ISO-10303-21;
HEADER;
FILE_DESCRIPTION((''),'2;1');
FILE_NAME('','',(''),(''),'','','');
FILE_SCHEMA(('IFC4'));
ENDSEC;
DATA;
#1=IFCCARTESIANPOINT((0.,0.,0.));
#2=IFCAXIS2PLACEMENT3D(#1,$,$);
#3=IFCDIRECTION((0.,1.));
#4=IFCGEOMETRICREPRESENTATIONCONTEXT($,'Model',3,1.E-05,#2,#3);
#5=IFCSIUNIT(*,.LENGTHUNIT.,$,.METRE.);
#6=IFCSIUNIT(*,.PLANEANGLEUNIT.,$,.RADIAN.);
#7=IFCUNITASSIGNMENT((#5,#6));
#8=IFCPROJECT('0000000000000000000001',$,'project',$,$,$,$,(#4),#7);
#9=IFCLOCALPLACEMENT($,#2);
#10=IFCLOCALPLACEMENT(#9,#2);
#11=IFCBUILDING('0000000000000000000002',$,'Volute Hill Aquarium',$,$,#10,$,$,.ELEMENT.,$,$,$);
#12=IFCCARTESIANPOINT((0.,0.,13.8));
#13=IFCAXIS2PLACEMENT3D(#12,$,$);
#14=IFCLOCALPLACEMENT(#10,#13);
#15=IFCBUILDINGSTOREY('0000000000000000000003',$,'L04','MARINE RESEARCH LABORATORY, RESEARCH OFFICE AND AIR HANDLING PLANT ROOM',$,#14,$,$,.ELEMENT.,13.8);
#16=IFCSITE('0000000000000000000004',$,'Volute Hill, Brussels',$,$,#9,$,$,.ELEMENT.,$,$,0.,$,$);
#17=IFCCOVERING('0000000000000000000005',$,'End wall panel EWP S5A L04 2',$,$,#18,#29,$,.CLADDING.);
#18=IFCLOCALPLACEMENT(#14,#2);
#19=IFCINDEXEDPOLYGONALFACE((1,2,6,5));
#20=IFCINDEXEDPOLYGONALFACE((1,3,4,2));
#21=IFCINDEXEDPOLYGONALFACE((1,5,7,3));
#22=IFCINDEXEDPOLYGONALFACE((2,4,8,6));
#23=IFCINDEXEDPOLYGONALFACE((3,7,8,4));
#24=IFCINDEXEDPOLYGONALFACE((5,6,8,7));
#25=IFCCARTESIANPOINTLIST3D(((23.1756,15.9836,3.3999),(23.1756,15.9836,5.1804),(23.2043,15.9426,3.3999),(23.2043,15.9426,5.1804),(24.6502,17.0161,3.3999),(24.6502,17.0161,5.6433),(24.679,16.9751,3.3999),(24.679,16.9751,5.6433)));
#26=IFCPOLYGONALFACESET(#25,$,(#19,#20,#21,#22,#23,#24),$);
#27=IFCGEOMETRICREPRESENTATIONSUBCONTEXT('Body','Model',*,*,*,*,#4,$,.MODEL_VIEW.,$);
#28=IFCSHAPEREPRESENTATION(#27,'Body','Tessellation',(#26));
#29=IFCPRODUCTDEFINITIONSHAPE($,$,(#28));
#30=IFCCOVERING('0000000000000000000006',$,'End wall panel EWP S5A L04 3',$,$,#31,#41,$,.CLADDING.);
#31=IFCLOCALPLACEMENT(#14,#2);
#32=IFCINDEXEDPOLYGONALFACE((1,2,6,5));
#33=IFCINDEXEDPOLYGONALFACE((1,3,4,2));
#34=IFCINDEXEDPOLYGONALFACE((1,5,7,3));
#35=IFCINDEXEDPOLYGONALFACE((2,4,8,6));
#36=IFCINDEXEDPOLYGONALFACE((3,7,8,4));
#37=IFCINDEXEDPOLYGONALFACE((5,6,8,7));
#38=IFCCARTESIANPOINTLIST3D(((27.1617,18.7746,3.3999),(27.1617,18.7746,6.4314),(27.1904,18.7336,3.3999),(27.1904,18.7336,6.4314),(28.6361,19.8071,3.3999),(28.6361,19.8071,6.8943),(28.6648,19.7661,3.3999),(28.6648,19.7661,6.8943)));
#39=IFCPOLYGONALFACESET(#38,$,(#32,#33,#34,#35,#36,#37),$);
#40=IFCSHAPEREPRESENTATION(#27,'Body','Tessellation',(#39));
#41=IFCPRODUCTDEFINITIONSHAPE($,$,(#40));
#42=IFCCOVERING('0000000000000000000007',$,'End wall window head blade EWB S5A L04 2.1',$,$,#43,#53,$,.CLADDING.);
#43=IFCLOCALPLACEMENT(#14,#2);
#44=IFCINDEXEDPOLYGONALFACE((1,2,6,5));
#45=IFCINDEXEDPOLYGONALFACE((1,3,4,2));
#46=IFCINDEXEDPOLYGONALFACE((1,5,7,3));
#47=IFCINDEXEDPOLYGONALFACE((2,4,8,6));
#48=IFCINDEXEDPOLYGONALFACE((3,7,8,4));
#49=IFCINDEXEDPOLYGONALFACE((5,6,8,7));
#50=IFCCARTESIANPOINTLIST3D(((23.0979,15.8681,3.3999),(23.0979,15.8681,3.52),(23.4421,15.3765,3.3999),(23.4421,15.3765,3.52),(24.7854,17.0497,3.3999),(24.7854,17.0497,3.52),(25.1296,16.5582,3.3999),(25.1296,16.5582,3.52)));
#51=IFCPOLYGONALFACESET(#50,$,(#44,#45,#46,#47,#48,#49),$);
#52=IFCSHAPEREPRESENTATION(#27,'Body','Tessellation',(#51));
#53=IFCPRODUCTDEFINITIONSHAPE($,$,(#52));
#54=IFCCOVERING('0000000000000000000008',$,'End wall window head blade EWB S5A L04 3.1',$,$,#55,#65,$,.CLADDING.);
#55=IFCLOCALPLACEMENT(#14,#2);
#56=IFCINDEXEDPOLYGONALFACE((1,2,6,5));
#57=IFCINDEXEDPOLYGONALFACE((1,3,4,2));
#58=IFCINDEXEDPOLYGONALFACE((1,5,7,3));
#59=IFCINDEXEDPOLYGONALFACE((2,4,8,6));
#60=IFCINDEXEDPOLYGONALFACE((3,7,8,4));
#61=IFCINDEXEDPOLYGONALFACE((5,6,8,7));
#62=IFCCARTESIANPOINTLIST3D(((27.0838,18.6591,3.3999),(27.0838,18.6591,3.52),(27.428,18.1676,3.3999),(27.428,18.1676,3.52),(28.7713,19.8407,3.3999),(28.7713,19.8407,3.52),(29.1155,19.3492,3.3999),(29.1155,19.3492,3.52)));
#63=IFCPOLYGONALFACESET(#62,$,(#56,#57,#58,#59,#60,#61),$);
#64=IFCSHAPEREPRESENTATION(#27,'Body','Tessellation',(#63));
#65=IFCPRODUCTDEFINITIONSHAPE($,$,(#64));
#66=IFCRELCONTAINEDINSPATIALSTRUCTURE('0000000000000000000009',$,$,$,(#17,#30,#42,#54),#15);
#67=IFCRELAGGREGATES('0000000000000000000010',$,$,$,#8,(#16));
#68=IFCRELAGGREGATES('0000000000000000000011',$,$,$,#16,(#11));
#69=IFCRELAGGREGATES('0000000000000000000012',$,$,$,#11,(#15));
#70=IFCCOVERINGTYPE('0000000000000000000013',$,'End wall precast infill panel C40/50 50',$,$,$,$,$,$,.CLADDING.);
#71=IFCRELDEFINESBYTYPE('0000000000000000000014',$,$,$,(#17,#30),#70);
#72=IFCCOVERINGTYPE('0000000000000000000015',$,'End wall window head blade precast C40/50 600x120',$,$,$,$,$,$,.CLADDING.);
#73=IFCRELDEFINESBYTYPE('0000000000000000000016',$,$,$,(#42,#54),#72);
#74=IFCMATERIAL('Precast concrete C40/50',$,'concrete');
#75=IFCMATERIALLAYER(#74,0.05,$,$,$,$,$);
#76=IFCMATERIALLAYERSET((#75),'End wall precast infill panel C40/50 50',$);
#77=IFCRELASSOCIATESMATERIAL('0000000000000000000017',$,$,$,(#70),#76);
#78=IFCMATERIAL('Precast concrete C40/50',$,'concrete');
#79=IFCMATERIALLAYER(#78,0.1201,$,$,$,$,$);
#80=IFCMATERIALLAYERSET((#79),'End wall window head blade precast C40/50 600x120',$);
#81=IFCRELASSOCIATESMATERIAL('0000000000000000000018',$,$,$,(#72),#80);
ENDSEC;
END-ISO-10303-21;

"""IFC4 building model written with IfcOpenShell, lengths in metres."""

from ifc_helpers import new_model, si_unit, direction, frame, origin, origin_2d, place, context, subcontext, project, spatial, polyline, rectangle, outline, extrude, material, layer, layer_set, type_object, element, save


model = new_model("IFC4")

# Units and contexts
model_context = context("Model", 3, precision=1e-05, world=origin(), true_north=direction((0.0, 1.0)))
body_context = subcontext(model_context, "Body", "Model", "MODEL_VIEW")
ifc_project = project(units=[si_unit("LENGTHUNIT", "METRE"), si_unit("PLANEANGLEUNIT", "RADIAN")], contexts=[model_context])

# Site, building, storey
site_placement = place(None, origin())
site = spatial("IfcSite", under=ifc_project, at=site_placement, Name="Volute Hill, Brussels", CompositionType="ELEMENT", RefElevation=0.0)
building_placement = place(site_placement, origin())
building = spatial("IfcBuilding", under=site, at=building_placement, Name="Volute Hill Aquarium", CompositionType="ELEMENT")
storey_placement = place(building_placement, frame((0.0, 0.0, 13.8)))
storey = spatial("IfcBuildingStorey", under=building, at=storey_placement, Name="L04", Description="MARINE RESEARCH LABORATORY, RESEARCH OFFICE AND AIR HANDLING PLANT ROOM", CompositionType="ELEMENT", Elevation=13.8)

# Coverings
ifc_material_1 = material(Name="Precast concrete C40/50", Category="concrete")
ifc_layer_1 = layer(ifc_material_1, 0.05)
ifc_layer_set_1 = layer_set([ifc_layer_1], Name="End wall precast infill panel C40/50 50")
covering_type_1 = type_object("IfcCoveringType", Name="End wall precast infill panel C40/50 50", PredefinedType="CLADDING", material=ifc_layer_set_1)
covering_1_placement = place(storey_placement, frame((23.2043, 15.9426, 3.3999), z_axis=(0.573553, -0.819168, 0.0), x_axis=(0.819168, 0.573553, 0.0)))
element("IfcCovering", 1, at=covering_1_placement, inside=storey, type_object=covering_type_1, Name="End wall panel EWP S5A L04 2", PredefinedType="CLADDING", context=body_context, shape_type="SweptSolid", body=[
    extrude(outline(polyline([(0.0, 0.0), (1.8001, 0.0), (1.8001, 2.2434), (0.0, 1.7805), (0.0, 0.0)])), origin(), (0.0, 0.0, -1.0), 0.05),
])
covering_2_placement = place(storey_placement, frame((27.1904, 18.7336, 3.3999), z_axis=(0.573617, -0.819124, 0.0), x_axis=(0.819124, 0.573617, 0.0)))
element("IfcCovering", 2, at=covering_2_placement, inside=storey, type_object=covering_type_1, Name="End wall panel EWP S5A L04 3", PredefinedType="CLADDING", context=body_context, shape_type="SweptSolid", body=[
    extrude(outline(polyline([(0.0, 0.0), (1.7999, 0.0), (1.7999, 3.4944), (0.0, 3.0315), (0.0, 0.0)])), origin(), (0.0, 0.0, -1.0), 0.05),
])
ifc_material_2 = material(Name="Precast concrete C40/50", Category="concrete")
ifc_layer_2 = layer(ifc_material_2, 0.1201)
ifc_layer_set_2 = layer_set([ifc_layer_2], Name="End wall window head blade precast C40/50 600x120")
covering_type_2 = type_object("IfcCoveringType", Name="End wall window head blade precast C40/50 600x120", PredefinedType="CLADDING", material=ifc_layer_set_2)
for number, where, z_axis, x_axis, name in (
    (3, (24.1138, 16.2131, 3.3999), (0.0, 0.0, 1.0), (0.81915, 0.573579, 0.0), "End wall window head blade EWB S5A L04 2.1"),
    (4, (28.0996, 19.0042, 3.3999), (0.0, 0.0, 1.0), (0.81915, 0.573579, 0.0), "End wall window head blade EWB S5A L04 3.1"),
):
    element("IfcCovering", number, at=place(storey_placement, frame(where, z_axis=z_axis, x_axis=x_axis)), inside=storey, type_object=covering_type_2, Name=name, PredefinedType="CLADDING", context=body_context, shape_type="SweptSolid", body=[
        extrude(rectangle(XDim=2.0601, YDim=0.6001, at=origin_2d()), origin(), (0.0, 0.0, 1.0), 0.1201),
    ])

save(model, "model.ifc")
